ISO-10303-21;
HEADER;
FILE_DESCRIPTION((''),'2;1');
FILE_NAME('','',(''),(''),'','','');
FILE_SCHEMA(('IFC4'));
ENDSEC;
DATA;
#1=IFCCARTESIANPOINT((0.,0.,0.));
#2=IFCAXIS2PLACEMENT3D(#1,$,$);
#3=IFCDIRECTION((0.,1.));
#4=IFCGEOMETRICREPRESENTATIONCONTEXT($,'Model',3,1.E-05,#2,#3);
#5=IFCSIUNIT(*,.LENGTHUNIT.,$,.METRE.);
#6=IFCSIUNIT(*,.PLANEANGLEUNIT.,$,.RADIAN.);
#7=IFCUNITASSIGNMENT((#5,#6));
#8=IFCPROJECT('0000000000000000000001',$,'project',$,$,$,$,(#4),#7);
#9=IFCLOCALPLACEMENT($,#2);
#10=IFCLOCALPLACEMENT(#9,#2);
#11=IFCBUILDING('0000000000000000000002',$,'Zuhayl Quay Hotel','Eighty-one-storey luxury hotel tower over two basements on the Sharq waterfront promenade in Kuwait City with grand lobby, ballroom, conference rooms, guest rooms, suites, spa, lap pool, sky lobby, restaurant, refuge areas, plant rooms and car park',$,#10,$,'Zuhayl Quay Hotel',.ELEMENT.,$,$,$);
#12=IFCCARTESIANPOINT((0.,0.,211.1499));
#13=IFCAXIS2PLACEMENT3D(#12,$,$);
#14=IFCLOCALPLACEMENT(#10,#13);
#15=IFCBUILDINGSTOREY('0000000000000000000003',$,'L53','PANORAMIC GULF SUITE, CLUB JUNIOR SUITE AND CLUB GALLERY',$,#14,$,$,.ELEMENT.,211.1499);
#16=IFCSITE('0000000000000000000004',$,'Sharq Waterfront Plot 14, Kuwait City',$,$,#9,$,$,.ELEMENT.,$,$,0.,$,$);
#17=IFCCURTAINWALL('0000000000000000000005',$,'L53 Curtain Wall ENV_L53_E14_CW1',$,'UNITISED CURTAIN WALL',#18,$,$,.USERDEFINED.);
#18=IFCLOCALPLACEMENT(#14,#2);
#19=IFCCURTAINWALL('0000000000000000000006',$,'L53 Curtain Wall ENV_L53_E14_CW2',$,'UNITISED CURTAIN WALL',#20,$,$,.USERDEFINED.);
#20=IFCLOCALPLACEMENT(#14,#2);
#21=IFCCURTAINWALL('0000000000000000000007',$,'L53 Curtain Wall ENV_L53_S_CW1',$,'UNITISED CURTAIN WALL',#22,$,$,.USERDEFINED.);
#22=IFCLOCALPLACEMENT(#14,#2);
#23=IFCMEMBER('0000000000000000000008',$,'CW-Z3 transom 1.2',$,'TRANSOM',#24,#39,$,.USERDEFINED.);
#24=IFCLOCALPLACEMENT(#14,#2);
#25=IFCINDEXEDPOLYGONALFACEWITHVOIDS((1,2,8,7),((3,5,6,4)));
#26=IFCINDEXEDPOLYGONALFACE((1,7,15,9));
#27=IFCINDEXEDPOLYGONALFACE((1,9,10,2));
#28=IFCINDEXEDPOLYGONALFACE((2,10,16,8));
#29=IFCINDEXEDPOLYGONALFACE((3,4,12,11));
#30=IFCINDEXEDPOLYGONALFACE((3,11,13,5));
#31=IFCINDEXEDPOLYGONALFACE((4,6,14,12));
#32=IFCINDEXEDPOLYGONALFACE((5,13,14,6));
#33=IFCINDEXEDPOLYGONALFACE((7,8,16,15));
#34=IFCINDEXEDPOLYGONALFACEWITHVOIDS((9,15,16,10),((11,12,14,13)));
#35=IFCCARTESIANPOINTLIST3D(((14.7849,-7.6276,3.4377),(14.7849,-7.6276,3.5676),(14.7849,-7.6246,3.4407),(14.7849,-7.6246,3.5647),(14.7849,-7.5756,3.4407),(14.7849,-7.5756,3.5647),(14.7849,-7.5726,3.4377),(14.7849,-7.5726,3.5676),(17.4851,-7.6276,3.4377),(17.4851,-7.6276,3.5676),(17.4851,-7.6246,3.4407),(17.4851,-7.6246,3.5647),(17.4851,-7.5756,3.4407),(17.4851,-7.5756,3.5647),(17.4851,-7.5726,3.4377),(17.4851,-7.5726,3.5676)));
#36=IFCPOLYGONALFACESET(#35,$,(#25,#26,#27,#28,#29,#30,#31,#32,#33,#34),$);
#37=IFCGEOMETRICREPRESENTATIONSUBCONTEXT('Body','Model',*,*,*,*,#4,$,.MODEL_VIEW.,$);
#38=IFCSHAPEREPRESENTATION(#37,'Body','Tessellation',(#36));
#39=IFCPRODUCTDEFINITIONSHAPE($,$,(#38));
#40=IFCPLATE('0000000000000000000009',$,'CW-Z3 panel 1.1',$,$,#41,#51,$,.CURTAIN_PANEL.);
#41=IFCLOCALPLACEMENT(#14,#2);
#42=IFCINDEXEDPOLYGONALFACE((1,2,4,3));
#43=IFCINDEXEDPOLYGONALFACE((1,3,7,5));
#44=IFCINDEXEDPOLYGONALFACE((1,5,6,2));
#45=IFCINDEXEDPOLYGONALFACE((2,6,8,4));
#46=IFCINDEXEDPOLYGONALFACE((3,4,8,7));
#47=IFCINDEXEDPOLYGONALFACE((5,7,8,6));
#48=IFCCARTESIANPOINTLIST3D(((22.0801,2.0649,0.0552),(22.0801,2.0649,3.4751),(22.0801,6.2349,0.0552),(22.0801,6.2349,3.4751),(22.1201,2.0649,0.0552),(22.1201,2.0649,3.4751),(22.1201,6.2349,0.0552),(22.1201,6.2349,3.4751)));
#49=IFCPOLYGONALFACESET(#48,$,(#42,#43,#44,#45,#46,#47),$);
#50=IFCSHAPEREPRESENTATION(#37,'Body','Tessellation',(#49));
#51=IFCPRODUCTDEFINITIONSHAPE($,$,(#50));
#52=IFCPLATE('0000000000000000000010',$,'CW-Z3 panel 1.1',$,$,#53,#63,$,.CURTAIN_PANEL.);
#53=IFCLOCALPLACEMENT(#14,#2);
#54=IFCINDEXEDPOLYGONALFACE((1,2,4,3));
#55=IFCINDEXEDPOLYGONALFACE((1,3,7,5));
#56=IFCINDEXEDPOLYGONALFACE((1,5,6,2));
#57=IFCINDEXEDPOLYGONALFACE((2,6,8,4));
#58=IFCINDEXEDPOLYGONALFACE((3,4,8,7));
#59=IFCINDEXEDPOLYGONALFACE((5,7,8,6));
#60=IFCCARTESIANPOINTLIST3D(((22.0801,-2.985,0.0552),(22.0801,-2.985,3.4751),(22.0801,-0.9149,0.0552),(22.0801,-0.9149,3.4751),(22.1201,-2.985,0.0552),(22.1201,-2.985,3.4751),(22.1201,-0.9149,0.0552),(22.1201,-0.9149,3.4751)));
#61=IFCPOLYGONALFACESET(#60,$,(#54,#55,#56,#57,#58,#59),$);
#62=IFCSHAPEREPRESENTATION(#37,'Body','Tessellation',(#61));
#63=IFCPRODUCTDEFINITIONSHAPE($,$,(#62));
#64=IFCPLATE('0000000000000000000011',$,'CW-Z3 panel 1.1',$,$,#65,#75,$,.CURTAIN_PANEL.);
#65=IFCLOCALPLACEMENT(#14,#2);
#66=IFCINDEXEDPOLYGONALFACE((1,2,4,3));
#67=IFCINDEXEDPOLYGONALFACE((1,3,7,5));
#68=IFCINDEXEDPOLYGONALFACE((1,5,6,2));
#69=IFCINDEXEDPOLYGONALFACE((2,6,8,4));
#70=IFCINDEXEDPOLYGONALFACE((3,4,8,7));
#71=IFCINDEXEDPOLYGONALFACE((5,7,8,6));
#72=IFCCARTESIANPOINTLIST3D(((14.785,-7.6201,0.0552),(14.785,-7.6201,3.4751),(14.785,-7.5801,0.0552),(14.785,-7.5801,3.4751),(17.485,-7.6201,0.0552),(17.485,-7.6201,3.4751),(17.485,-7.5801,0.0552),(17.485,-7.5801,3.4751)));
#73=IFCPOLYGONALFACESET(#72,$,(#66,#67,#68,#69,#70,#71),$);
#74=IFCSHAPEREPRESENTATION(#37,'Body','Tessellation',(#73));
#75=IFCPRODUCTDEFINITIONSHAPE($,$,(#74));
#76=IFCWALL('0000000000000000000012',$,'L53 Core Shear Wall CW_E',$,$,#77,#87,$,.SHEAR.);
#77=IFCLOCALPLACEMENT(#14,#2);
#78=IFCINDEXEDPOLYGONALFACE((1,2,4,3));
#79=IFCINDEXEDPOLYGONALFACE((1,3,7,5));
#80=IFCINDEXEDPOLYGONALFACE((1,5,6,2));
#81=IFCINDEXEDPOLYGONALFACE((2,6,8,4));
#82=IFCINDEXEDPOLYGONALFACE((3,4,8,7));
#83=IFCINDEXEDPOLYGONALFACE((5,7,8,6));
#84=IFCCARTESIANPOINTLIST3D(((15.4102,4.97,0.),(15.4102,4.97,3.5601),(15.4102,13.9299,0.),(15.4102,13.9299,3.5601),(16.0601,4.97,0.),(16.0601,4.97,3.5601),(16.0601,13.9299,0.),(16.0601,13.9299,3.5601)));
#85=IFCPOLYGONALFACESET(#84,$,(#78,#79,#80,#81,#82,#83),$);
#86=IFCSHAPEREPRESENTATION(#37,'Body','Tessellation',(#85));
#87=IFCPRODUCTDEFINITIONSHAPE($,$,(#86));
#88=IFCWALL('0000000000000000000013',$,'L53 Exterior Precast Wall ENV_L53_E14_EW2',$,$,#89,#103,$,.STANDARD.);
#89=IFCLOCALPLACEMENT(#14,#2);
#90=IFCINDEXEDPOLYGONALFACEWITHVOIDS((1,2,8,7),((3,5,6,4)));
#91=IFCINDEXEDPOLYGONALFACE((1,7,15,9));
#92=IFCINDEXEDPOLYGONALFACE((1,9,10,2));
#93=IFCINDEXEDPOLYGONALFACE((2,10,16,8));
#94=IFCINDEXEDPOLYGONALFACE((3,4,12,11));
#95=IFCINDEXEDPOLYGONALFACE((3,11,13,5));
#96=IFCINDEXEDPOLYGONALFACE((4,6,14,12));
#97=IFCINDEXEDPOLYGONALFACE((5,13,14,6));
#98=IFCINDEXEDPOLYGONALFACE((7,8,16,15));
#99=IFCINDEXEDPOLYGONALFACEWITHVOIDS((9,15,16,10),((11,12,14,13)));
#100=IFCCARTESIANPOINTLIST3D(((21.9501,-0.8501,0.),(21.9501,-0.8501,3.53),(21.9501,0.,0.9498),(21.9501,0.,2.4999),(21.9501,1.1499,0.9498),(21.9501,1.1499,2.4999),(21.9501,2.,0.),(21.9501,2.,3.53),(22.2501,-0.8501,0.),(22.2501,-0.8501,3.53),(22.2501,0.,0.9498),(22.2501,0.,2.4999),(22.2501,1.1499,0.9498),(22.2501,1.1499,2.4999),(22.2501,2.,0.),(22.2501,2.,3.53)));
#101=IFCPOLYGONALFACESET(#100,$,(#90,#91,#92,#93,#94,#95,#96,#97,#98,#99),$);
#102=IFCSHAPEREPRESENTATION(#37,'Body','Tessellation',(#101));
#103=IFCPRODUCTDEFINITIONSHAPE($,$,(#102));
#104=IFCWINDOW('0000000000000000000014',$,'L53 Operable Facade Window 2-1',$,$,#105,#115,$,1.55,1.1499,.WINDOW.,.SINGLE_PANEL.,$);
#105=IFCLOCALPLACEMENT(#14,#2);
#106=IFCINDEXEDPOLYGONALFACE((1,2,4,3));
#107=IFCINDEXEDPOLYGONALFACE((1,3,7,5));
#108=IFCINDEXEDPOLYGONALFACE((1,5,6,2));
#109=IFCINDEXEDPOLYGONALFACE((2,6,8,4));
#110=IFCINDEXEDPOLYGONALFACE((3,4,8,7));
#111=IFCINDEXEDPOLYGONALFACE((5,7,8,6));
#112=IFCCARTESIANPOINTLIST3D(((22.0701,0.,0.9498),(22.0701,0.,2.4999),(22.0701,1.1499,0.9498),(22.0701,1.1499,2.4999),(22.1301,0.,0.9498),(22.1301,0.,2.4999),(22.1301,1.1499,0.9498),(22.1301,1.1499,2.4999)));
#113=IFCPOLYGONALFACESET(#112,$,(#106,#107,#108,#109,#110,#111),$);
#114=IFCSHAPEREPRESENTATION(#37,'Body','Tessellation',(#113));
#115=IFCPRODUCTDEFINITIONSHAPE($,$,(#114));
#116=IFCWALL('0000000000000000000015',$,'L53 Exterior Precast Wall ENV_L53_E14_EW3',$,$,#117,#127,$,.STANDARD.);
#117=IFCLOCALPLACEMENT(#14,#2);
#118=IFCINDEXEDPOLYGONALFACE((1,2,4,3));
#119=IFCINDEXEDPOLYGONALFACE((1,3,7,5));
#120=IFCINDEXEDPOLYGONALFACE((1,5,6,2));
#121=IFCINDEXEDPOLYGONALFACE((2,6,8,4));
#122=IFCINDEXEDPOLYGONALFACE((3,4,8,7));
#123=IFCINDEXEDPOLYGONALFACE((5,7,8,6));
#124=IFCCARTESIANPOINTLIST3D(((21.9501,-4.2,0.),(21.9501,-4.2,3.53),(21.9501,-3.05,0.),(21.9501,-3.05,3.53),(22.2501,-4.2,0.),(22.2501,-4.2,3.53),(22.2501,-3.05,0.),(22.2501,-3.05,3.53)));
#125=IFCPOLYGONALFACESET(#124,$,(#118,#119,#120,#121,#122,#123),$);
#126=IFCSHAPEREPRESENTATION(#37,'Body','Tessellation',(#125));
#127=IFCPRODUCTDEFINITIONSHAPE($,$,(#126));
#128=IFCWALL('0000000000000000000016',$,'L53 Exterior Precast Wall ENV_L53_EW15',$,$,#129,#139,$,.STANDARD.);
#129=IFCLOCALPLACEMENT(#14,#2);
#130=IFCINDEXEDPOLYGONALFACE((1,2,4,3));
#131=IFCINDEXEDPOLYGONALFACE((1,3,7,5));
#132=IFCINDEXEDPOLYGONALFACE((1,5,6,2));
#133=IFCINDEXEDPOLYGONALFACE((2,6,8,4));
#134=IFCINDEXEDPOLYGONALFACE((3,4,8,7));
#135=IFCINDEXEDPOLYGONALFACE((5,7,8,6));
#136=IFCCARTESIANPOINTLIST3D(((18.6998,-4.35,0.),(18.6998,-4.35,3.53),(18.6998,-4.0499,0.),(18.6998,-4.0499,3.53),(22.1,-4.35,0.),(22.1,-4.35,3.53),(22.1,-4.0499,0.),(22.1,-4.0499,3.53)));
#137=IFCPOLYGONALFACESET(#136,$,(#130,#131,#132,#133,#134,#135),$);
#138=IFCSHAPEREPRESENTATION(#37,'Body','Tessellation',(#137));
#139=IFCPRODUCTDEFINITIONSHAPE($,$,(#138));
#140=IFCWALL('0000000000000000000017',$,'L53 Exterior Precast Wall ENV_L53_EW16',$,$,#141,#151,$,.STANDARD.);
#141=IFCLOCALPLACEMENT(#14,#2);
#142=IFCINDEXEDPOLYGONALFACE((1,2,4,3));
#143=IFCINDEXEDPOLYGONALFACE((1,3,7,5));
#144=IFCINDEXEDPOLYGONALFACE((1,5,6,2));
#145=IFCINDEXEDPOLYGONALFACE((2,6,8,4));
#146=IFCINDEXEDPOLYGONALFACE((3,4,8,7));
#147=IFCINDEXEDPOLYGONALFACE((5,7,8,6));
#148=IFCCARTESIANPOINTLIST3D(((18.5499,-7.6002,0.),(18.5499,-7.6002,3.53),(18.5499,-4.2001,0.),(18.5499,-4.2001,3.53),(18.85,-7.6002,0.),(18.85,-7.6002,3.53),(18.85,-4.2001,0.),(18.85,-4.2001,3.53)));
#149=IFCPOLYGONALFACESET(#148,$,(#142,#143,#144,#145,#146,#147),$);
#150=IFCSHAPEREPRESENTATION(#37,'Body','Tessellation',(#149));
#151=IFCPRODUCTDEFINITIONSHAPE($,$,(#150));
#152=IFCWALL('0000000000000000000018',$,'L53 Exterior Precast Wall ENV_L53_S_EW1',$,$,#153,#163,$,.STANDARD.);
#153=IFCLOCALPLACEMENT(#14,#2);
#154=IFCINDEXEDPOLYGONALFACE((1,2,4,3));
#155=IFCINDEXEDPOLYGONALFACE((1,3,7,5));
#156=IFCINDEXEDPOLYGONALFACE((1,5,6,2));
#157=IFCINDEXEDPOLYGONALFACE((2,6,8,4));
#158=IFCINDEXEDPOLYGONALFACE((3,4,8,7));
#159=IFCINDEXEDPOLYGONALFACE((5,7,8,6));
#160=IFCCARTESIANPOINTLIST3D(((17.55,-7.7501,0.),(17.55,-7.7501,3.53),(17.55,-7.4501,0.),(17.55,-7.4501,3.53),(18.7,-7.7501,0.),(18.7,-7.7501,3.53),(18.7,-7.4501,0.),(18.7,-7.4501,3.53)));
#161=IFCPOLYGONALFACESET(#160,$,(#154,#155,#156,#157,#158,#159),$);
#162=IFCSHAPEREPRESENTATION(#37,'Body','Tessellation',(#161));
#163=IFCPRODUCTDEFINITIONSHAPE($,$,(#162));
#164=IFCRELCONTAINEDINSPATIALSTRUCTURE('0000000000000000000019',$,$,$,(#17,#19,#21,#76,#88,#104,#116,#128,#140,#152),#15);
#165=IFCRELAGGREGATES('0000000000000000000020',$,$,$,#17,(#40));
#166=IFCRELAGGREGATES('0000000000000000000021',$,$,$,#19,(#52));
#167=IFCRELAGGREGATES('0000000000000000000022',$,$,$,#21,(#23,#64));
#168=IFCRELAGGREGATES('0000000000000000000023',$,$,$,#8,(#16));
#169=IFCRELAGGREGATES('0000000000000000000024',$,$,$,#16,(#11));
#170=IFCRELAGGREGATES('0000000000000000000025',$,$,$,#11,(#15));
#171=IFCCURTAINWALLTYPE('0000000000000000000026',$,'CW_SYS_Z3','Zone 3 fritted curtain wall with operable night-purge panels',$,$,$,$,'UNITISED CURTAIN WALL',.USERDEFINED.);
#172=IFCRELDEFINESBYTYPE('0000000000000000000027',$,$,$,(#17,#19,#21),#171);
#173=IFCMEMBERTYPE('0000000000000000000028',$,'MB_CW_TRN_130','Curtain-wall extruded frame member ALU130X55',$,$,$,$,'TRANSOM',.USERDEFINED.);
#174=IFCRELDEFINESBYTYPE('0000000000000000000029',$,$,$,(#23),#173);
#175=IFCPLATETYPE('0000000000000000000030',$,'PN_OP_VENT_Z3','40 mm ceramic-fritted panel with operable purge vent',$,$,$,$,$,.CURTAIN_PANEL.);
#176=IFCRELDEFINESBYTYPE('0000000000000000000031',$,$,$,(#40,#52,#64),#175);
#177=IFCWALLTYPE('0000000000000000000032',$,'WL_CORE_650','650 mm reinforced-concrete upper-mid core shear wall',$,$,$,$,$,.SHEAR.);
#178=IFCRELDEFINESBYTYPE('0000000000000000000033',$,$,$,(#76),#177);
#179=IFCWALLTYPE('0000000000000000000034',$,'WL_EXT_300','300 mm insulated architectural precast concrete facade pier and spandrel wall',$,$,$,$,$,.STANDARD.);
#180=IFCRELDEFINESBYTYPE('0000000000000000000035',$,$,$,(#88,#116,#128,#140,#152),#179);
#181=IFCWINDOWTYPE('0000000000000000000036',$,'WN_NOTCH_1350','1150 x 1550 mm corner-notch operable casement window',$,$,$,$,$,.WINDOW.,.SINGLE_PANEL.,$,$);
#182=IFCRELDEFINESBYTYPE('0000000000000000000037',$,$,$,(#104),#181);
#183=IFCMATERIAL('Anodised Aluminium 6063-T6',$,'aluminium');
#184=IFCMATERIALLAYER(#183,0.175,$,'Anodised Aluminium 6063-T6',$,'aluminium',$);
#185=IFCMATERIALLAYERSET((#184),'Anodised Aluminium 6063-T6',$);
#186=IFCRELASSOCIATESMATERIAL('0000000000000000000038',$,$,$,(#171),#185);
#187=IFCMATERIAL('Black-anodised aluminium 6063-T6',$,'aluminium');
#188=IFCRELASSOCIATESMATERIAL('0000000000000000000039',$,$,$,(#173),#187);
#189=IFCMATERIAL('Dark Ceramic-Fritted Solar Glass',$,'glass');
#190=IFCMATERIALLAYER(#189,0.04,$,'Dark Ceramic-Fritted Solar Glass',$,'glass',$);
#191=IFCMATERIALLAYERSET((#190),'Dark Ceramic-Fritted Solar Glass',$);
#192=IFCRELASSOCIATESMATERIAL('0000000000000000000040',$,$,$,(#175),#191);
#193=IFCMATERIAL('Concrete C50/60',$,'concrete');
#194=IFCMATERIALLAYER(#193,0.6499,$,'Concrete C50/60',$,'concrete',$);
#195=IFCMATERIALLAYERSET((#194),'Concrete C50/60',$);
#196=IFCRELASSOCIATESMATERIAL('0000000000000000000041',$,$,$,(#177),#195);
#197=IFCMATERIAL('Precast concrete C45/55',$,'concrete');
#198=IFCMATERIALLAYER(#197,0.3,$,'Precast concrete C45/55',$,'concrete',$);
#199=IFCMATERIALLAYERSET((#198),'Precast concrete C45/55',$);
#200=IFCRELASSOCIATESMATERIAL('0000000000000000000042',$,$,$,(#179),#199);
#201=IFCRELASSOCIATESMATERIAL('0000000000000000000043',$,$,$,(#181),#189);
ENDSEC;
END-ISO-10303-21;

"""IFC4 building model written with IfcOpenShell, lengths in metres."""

from ifc_helpers import new_model, si_unit, direction, frame, frame_2d, origin, origin_2d, place, context, subcontext, project, spatial, rectangle, hollow_rectangle, extrude, material, layer, layer_set, material_profile, profile_set, type_object, element, fill, aggregate, save


model = new_model("IFC4")

# Units and contexts
model_context = context("Model", 3, precision=1e-05, world=origin(), true_north=direction((0.0, 1.0)))
body_context = subcontext(model_context, "Body", "Model", "MODEL_VIEW")
ifc_project = project(units=[si_unit("LENGTHUNIT", "METRE"), si_unit("PLANEANGLEUNIT", "RADIAN")], contexts=[model_context])

# Site, building, storey
site_placement = place(None, origin())
site = spatial("IfcSite", under=ifc_project, at=site_placement, Name="Sharq Waterfront Plot 14, Kuwait City", CompositionType="ELEMENT", RefElevation=0.0)
building_placement = place(site_placement, origin())
building = spatial("IfcBuilding", under=site, at=building_placement, Name="Zuhayl Quay Hotel", Description="Eighty-one-storey luxury hotel tower over two basements on the Sharq waterfront promenade in Kuwait City with grand lobby, ballroom, conference rooms, guest rooms, suites, spa, lap pool, sky lobby, restaurant, refuge areas, plant rooms and car park", LongName="Zuhayl Quay Hotel", CompositionType="ELEMENT")
storey_placement = place(building_placement, frame((0.0, 0.0, 211.1499)))
storey = spatial("IfcBuildingStorey", under=building, at=storey_placement, Name="L53", Description="PANORAMIC GULF SUITE, CLUB JUNIOR SUITE AND CLUB GALLERY", CompositionType="ELEMENT", Elevation=211.1499)

# Curtain walls
ifc_material_1 = material(Name="Anodised Aluminium 6063-T6", Category="aluminium")
ifc_layer_1 = layer(ifc_material_1, 0.175, Name="Anodised Aluminium 6063-T6", Category="aluminium")
ifc_layer_set_1 = layer_set([ifc_layer_1], Name="Anodised Aluminium 6063-T6")
curtain_wall_type = type_object("IfcCurtainWallType", Name="CW_SYS_Z3", Description="Zone 3 fritted curtain wall with operable night-purge panels", ElementType="UNITISED CURTAIN WALL", PredefinedType="USERDEFINED", material=ifc_layer_set_1)
curtain_wall_1_placement = place(storey_placement, origin())
curtain_wall_1 = element("IfcCurtainWall", 1, at=curtain_wall_1_placement, inside=storey, type_object=curtain_wall_type, Name="L53 Curtain Wall ENV_L53_E14_CW1", ObjectType="UNITISED CURTAIN WALL", PredefinedType="USERDEFINED")
ifc_material_2 = material(Name="Black-anodised aluminium 6063-T6", Category="aluminium")
curtain_wall_2_placement = place(storey_placement, origin())
curtain_wall_2 = element("IfcCurtainWall", 2, at=curtain_wall_2_placement, inside=storey, type_object=curtain_wall_type, Name="L53 Curtain Wall ENV_L53_E14_CW2", ObjectType="UNITISED CURTAIN WALL", PredefinedType="USERDEFINED")
curtain_wall_3_placement = place(storey_placement, origin())
curtain_wall_3 = element("IfcCurtainWall", 3, at=curtain_wall_3_placement, inside=storey, type_object=curtain_wall_type, Name="L53 Curtain Wall ENV_L53_S_CW1", ObjectType="UNITISED CURTAIN WALL", PredefinedType="USERDEFINED")

# Member
ifc_material_profile_1 = material_profile(ifc_material_2, hollow_rectangle(XDim=0.0549, YDim=0.1299, WallThickness=0.0029, at=origin_2d()), Name="ALU130X55")
ifc_profile_set_1 = profile_set([ifc_material_profile_1], Name="Black-anodised aluminium 6063-T6")
member_type_1 = type_object("IfcMemberType", Name="MB_CW_TRN_130", Description="Curtain-wall extruded frame member ALU130X55", ElementType="TRANSOM", PredefinedType="USERDEFINED", material=ifc_profile_set_1)
member_1_placement = place(storey_placement, frame((17.4851, -7.6001, 3.5027), z_axis=(-1.0, 0.0, 0.0), x_axis=(0.0, -1.0, 0.0)))
member_1 = element("IfcMember", 4, at=member_1_placement, type_object=member_type_1, Name="CW-Z3 transom 1.2", ObjectType="TRANSOM", PredefinedType="USERDEFINED", context=body_context, shape_type="SweptSolid", body=[
    extrude(hollow_rectangle(XDim=0.0549, YDim=0.1299, WallThickness=0.0029, at=origin_2d()), origin(), (0.0, 0.0, 1.0), 2.7002),
])

# Plates
ifc_material_3 = material(Name="Dark Ceramic-Fritted Solar Glass", Category="glass")
ifc_layer_2 = layer(ifc_material_3, 0.04, Name="Dark Ceramic-Fritted Solar Glass", Category="glass")
ifc_layer_set_2 = layer_set([ifc_layer_2], Name="Dark Ceramic-Fritted Solar Glass")
plate_type = type_object("IfcPlateType", Name="PN_OP_VENT_Z3", Description="40 mm ceramic-fritted panel with operable purge vent", PredefinedType="CURTAIN_PANEL", material=ifc_layer_set_2)
plate_1_placement = place(storey_placement, frame((22.1001, 4.1499, 0.0552), z_axis=(0.0, 0.0, 1.0), x_axis=(0.0, -1.0, 0.0)))
plate_1 = element("IfcPlate", 5, at=plate_1_placement, type_object=plate_type, Name="CW-Z3 panel 1.1", PredefinedType="CURTAIN_PANEL", context=body_context, shape_type="SweptSolid", body=[
    extrude(rectangle(XDim=4.1699, YDim=0.04, at=origin_2d()), origin(), (0.0, 0.0, 1.0), 3.4199),
])
aggregate(curtain_wall_1, [plate_1])
plate_2_placement = place(storey_placement, frame((22.1001, -1.95, 0.0552), z_axis=(0.0, 0.0, 1.0), x_axis=(0.0, -1.0, 0.0)))
plate_2 = element("IfcPlate", 6, at=plate_2_placement, type_object=plate_type, Name="CW-Z3 panel 1.1", PredefinedType="CURTAIN_PANEL", context=body_context, shape_type="SweptSolid", body=[
    extrude(rectangle(XDim=2.0701, YDim=0.04, at=origin_2d()), origin(), (0.0, 0.0, 1.0), 3.4199),
])
aggregate(curtain_wall_2, [plate_2])
plate_3_placement = place(storey_placement, frame((16.135, -7.6001, 0.0552), z_axis=(0.0, 0.0, 1.0), x_axis=(-1.0, 0.0, 0.0)))
plate_3 = element("IfcPlate", 7, at=plate_3_placement, type_object=plate_type, Name="CW-Z3 panel 1.1", PredefinedType="CURTAIN_PANEL", context=body_context, shape_type="SweptSolid", body=[
    extrude(rectangle(XDim=2.7, YDim=0.04, at=origin_2d()), origin(), (0.0, 0.0, 1.0), 3.4199),
])
aggregate(curtain_wall_3, [member_1, plate_3])

# Wall
ifc_material_4 = material(Name="Concrete C50/60", Category="concrete")
ifc_layer_3 = layer(ifc_material_4, 0.6499, Name="Concrete C50/60", Category="concrete")
ifc_layer_set_3 = layer_set([ifc_layer_3], Name="Concrete C50/60")
wall_type_1 = type_object("IfcWallType", Name="WL_CORE_650", Description="650 mm reinforced-concrete upper-mid core shear wall", PredefinedType="SHEAR", material=ifc_layer_set_3)
wall_1_placement = place(storey_placement, frame((15.7351, 4.97, 0.0), z_axis=(0.0, 0.0, 1.0), x_axis=(0.0, 1.0, 0.0)))
element("IfcWall", 8, at=wall_1_placement, inside=storey, type_object=wall_type_1, Name="L53 Core Shear Wall CW_E", PredefinedType="SHEAR", context=body_context, shape_type="SweptSolid", body=[
    extrude(rectangle(XDim=8.96, YDim=0.6499, at=frame_2d((4.48, 0.0))), origin(), (0.0, 0.0, 1.0), 3.5601),
])

# Wall, opening, window
ifc_material_5 = material(Name="Precast concrete C45/55", Category="concrete")
ifc_layer_4 = layer(ifc_material_5, 0.3, Name="Precast concrete C45/55", Category="concrete")
ifc_layer_set_4 = layer_set([ifc_layer_4], Name="Precast concrete C45/55")
wall_type_2 = type_object("IfcWallType", Name="WL_EXT_300", Description="300 mm insulated architectural precast concrete facade pier and spandrel wall", PredefinedType="STANDARD", material=ifc_layer_set_4)
wall_2_placement = place(storey_placement, frame((22.1001, 2.0, 0.0), z_axis=(0.0, 0.0, 1.0), x_axis=(0.0, -1.0, 0.0)))
wall_2 = element("IfcWall", 9, at=wall_2_placement, inside=storey, type_object=wall_type_2, Name="L53 Exterior Precast Wall ENV_L53_E14_EW2", PredefinedType="STANDARD", context=body_context, shape_type="SweptSolid", body=[
    extrude(rectangle(XDim=2.8501, YDim=0.3, at=frame_2d((1.425, 0.0))), origin(), (0.0, 0.0, 1.0), 3.53),
])
opening_1_placement = place(wall_2_placement, frame((0.8501, 0.0, 0.95)))
opening_1 = element("IfcOpeningElement", 10, at=opening_1_placement, cuts=wall_2, PredefinedType="OPENING", context=body_context, shape_type="SweptSolid", body=[
    extrude(rectangle(XDim=1.1499, YDim=1.55, at=frame_2d((0.575, 0.7749))), frame((0.0, 0.1599, 0.0), z_axis=(0.0, -1.0, 0.0), x_axis=(1.0, 0.0, 0.0)), (0.0, 0.0, 1.0), 0.3201),
])
window_type = type_object("IfcWindowType", Name="WN_NOTCH_1350", Description="1150 x 1550 mm corner-notch operable casement window", PartitioningType="SINGLE_PANEL", PredefinedType="WINDOW", material=ifc_material_3)
window_1_placement = place(opening_1_placement, origin())
window_1 = element("IfcWindow", 11, at=window_1_placement, inside=storey, type_object=window_type, Name="L53 Operable Facade Window 2-1", OverallHeight=1.55, OverallWidth=1.1499, PartitioningType="SINGLE_PANEL", PredefinedType="WINDOW", context=body_context, shape_type="SweptSolid", body=[
    extrude(rectangle(XDim=1.1499, YDim=1.55, at=frame_2d((0.575, 0.7749))), frame((0.0, 0.03, 0.0), z_axis=(0.0, -1.0, 0.0), x_axis=(1.0, 0.0, 0.0)), (0.0, 0.0, 1.0), 0.0601),
])
fill(opening_1, window_1)

# Walls
wall_3_placement = place(storey_placement, frame((22.1001, -3.05, 0.0), z_axis=(0.0, 0.0, 1.0), x_axis=(0.0, -1.0, 0.0)))
element("IfcWall", 12, at=wall_3_placement, inside=storey, type_object=wall_type_2, Name="L53 Exterior Precast Wall ENV_L53_E14_EW3", PredefinedType="STANDARD", context=body_context, shape_type="SweptSolid", body=[
    extrude(rectangle(XDim=1.1499, YDim=0.3, at=frame_2d((0.575, 0.0))), origin(), (0.0, 0.0, 1.0), 3.53),
])
for number, where, z_axis, x_axis, name in (
    (13, (22.1001, -4.2, 0.0), (0.0, 0.0, 1.0), (-1.0, 0.0, 0.0), "L53 Exterior Precast Wall ENV_L53_EW15"),
    (14, (18.7, -4.2, 0.0), (0.0, 0.0, 1.0), (0.0, -1.0, 0.0), "L53 Exterior Precast Wall ENV_L53_EW16"),
):
    element("IfcWall", number, at=place(storey_placement, frame(where, z_axis=z_axis, x_axis=x_axis)), inside=storey, type_object=wall_type_2, Name=name, PredefinedType="STANDARD", context=body_context, shape_type="SweptSolid", body=[
        extrude(rectangle(XDim=3.4001, YDim=0.3, at=frame_2d((1.7002, 0.0))), origin(), (0.0, 0.0, 1.0), 3.53),
    ])
wall_4_placement = place(storey_placement, frame((18.7, -7.6001, 0.0), z_axis=(0.0, 0.0, 1.0), x_axis=(-1.0, 0.0, 0.0)))
element("IfcWall", 15, at=wall_4_placement, inside=storey, type_object=wall_type_2, Name="L53 Exterior Precast Wall ENV_L53_S_EW1", PredefinedType="STANDARD", context=body_context, shape_type="SweptSolid", body=[
    extrude(rectangle(XDim=1.1499, YDim=0.3, at=frame_2d((0.575, 0.0))), origin(), (0.0, 0.0, 1.0), 3.53),
])

save(model, "model.ifc")
